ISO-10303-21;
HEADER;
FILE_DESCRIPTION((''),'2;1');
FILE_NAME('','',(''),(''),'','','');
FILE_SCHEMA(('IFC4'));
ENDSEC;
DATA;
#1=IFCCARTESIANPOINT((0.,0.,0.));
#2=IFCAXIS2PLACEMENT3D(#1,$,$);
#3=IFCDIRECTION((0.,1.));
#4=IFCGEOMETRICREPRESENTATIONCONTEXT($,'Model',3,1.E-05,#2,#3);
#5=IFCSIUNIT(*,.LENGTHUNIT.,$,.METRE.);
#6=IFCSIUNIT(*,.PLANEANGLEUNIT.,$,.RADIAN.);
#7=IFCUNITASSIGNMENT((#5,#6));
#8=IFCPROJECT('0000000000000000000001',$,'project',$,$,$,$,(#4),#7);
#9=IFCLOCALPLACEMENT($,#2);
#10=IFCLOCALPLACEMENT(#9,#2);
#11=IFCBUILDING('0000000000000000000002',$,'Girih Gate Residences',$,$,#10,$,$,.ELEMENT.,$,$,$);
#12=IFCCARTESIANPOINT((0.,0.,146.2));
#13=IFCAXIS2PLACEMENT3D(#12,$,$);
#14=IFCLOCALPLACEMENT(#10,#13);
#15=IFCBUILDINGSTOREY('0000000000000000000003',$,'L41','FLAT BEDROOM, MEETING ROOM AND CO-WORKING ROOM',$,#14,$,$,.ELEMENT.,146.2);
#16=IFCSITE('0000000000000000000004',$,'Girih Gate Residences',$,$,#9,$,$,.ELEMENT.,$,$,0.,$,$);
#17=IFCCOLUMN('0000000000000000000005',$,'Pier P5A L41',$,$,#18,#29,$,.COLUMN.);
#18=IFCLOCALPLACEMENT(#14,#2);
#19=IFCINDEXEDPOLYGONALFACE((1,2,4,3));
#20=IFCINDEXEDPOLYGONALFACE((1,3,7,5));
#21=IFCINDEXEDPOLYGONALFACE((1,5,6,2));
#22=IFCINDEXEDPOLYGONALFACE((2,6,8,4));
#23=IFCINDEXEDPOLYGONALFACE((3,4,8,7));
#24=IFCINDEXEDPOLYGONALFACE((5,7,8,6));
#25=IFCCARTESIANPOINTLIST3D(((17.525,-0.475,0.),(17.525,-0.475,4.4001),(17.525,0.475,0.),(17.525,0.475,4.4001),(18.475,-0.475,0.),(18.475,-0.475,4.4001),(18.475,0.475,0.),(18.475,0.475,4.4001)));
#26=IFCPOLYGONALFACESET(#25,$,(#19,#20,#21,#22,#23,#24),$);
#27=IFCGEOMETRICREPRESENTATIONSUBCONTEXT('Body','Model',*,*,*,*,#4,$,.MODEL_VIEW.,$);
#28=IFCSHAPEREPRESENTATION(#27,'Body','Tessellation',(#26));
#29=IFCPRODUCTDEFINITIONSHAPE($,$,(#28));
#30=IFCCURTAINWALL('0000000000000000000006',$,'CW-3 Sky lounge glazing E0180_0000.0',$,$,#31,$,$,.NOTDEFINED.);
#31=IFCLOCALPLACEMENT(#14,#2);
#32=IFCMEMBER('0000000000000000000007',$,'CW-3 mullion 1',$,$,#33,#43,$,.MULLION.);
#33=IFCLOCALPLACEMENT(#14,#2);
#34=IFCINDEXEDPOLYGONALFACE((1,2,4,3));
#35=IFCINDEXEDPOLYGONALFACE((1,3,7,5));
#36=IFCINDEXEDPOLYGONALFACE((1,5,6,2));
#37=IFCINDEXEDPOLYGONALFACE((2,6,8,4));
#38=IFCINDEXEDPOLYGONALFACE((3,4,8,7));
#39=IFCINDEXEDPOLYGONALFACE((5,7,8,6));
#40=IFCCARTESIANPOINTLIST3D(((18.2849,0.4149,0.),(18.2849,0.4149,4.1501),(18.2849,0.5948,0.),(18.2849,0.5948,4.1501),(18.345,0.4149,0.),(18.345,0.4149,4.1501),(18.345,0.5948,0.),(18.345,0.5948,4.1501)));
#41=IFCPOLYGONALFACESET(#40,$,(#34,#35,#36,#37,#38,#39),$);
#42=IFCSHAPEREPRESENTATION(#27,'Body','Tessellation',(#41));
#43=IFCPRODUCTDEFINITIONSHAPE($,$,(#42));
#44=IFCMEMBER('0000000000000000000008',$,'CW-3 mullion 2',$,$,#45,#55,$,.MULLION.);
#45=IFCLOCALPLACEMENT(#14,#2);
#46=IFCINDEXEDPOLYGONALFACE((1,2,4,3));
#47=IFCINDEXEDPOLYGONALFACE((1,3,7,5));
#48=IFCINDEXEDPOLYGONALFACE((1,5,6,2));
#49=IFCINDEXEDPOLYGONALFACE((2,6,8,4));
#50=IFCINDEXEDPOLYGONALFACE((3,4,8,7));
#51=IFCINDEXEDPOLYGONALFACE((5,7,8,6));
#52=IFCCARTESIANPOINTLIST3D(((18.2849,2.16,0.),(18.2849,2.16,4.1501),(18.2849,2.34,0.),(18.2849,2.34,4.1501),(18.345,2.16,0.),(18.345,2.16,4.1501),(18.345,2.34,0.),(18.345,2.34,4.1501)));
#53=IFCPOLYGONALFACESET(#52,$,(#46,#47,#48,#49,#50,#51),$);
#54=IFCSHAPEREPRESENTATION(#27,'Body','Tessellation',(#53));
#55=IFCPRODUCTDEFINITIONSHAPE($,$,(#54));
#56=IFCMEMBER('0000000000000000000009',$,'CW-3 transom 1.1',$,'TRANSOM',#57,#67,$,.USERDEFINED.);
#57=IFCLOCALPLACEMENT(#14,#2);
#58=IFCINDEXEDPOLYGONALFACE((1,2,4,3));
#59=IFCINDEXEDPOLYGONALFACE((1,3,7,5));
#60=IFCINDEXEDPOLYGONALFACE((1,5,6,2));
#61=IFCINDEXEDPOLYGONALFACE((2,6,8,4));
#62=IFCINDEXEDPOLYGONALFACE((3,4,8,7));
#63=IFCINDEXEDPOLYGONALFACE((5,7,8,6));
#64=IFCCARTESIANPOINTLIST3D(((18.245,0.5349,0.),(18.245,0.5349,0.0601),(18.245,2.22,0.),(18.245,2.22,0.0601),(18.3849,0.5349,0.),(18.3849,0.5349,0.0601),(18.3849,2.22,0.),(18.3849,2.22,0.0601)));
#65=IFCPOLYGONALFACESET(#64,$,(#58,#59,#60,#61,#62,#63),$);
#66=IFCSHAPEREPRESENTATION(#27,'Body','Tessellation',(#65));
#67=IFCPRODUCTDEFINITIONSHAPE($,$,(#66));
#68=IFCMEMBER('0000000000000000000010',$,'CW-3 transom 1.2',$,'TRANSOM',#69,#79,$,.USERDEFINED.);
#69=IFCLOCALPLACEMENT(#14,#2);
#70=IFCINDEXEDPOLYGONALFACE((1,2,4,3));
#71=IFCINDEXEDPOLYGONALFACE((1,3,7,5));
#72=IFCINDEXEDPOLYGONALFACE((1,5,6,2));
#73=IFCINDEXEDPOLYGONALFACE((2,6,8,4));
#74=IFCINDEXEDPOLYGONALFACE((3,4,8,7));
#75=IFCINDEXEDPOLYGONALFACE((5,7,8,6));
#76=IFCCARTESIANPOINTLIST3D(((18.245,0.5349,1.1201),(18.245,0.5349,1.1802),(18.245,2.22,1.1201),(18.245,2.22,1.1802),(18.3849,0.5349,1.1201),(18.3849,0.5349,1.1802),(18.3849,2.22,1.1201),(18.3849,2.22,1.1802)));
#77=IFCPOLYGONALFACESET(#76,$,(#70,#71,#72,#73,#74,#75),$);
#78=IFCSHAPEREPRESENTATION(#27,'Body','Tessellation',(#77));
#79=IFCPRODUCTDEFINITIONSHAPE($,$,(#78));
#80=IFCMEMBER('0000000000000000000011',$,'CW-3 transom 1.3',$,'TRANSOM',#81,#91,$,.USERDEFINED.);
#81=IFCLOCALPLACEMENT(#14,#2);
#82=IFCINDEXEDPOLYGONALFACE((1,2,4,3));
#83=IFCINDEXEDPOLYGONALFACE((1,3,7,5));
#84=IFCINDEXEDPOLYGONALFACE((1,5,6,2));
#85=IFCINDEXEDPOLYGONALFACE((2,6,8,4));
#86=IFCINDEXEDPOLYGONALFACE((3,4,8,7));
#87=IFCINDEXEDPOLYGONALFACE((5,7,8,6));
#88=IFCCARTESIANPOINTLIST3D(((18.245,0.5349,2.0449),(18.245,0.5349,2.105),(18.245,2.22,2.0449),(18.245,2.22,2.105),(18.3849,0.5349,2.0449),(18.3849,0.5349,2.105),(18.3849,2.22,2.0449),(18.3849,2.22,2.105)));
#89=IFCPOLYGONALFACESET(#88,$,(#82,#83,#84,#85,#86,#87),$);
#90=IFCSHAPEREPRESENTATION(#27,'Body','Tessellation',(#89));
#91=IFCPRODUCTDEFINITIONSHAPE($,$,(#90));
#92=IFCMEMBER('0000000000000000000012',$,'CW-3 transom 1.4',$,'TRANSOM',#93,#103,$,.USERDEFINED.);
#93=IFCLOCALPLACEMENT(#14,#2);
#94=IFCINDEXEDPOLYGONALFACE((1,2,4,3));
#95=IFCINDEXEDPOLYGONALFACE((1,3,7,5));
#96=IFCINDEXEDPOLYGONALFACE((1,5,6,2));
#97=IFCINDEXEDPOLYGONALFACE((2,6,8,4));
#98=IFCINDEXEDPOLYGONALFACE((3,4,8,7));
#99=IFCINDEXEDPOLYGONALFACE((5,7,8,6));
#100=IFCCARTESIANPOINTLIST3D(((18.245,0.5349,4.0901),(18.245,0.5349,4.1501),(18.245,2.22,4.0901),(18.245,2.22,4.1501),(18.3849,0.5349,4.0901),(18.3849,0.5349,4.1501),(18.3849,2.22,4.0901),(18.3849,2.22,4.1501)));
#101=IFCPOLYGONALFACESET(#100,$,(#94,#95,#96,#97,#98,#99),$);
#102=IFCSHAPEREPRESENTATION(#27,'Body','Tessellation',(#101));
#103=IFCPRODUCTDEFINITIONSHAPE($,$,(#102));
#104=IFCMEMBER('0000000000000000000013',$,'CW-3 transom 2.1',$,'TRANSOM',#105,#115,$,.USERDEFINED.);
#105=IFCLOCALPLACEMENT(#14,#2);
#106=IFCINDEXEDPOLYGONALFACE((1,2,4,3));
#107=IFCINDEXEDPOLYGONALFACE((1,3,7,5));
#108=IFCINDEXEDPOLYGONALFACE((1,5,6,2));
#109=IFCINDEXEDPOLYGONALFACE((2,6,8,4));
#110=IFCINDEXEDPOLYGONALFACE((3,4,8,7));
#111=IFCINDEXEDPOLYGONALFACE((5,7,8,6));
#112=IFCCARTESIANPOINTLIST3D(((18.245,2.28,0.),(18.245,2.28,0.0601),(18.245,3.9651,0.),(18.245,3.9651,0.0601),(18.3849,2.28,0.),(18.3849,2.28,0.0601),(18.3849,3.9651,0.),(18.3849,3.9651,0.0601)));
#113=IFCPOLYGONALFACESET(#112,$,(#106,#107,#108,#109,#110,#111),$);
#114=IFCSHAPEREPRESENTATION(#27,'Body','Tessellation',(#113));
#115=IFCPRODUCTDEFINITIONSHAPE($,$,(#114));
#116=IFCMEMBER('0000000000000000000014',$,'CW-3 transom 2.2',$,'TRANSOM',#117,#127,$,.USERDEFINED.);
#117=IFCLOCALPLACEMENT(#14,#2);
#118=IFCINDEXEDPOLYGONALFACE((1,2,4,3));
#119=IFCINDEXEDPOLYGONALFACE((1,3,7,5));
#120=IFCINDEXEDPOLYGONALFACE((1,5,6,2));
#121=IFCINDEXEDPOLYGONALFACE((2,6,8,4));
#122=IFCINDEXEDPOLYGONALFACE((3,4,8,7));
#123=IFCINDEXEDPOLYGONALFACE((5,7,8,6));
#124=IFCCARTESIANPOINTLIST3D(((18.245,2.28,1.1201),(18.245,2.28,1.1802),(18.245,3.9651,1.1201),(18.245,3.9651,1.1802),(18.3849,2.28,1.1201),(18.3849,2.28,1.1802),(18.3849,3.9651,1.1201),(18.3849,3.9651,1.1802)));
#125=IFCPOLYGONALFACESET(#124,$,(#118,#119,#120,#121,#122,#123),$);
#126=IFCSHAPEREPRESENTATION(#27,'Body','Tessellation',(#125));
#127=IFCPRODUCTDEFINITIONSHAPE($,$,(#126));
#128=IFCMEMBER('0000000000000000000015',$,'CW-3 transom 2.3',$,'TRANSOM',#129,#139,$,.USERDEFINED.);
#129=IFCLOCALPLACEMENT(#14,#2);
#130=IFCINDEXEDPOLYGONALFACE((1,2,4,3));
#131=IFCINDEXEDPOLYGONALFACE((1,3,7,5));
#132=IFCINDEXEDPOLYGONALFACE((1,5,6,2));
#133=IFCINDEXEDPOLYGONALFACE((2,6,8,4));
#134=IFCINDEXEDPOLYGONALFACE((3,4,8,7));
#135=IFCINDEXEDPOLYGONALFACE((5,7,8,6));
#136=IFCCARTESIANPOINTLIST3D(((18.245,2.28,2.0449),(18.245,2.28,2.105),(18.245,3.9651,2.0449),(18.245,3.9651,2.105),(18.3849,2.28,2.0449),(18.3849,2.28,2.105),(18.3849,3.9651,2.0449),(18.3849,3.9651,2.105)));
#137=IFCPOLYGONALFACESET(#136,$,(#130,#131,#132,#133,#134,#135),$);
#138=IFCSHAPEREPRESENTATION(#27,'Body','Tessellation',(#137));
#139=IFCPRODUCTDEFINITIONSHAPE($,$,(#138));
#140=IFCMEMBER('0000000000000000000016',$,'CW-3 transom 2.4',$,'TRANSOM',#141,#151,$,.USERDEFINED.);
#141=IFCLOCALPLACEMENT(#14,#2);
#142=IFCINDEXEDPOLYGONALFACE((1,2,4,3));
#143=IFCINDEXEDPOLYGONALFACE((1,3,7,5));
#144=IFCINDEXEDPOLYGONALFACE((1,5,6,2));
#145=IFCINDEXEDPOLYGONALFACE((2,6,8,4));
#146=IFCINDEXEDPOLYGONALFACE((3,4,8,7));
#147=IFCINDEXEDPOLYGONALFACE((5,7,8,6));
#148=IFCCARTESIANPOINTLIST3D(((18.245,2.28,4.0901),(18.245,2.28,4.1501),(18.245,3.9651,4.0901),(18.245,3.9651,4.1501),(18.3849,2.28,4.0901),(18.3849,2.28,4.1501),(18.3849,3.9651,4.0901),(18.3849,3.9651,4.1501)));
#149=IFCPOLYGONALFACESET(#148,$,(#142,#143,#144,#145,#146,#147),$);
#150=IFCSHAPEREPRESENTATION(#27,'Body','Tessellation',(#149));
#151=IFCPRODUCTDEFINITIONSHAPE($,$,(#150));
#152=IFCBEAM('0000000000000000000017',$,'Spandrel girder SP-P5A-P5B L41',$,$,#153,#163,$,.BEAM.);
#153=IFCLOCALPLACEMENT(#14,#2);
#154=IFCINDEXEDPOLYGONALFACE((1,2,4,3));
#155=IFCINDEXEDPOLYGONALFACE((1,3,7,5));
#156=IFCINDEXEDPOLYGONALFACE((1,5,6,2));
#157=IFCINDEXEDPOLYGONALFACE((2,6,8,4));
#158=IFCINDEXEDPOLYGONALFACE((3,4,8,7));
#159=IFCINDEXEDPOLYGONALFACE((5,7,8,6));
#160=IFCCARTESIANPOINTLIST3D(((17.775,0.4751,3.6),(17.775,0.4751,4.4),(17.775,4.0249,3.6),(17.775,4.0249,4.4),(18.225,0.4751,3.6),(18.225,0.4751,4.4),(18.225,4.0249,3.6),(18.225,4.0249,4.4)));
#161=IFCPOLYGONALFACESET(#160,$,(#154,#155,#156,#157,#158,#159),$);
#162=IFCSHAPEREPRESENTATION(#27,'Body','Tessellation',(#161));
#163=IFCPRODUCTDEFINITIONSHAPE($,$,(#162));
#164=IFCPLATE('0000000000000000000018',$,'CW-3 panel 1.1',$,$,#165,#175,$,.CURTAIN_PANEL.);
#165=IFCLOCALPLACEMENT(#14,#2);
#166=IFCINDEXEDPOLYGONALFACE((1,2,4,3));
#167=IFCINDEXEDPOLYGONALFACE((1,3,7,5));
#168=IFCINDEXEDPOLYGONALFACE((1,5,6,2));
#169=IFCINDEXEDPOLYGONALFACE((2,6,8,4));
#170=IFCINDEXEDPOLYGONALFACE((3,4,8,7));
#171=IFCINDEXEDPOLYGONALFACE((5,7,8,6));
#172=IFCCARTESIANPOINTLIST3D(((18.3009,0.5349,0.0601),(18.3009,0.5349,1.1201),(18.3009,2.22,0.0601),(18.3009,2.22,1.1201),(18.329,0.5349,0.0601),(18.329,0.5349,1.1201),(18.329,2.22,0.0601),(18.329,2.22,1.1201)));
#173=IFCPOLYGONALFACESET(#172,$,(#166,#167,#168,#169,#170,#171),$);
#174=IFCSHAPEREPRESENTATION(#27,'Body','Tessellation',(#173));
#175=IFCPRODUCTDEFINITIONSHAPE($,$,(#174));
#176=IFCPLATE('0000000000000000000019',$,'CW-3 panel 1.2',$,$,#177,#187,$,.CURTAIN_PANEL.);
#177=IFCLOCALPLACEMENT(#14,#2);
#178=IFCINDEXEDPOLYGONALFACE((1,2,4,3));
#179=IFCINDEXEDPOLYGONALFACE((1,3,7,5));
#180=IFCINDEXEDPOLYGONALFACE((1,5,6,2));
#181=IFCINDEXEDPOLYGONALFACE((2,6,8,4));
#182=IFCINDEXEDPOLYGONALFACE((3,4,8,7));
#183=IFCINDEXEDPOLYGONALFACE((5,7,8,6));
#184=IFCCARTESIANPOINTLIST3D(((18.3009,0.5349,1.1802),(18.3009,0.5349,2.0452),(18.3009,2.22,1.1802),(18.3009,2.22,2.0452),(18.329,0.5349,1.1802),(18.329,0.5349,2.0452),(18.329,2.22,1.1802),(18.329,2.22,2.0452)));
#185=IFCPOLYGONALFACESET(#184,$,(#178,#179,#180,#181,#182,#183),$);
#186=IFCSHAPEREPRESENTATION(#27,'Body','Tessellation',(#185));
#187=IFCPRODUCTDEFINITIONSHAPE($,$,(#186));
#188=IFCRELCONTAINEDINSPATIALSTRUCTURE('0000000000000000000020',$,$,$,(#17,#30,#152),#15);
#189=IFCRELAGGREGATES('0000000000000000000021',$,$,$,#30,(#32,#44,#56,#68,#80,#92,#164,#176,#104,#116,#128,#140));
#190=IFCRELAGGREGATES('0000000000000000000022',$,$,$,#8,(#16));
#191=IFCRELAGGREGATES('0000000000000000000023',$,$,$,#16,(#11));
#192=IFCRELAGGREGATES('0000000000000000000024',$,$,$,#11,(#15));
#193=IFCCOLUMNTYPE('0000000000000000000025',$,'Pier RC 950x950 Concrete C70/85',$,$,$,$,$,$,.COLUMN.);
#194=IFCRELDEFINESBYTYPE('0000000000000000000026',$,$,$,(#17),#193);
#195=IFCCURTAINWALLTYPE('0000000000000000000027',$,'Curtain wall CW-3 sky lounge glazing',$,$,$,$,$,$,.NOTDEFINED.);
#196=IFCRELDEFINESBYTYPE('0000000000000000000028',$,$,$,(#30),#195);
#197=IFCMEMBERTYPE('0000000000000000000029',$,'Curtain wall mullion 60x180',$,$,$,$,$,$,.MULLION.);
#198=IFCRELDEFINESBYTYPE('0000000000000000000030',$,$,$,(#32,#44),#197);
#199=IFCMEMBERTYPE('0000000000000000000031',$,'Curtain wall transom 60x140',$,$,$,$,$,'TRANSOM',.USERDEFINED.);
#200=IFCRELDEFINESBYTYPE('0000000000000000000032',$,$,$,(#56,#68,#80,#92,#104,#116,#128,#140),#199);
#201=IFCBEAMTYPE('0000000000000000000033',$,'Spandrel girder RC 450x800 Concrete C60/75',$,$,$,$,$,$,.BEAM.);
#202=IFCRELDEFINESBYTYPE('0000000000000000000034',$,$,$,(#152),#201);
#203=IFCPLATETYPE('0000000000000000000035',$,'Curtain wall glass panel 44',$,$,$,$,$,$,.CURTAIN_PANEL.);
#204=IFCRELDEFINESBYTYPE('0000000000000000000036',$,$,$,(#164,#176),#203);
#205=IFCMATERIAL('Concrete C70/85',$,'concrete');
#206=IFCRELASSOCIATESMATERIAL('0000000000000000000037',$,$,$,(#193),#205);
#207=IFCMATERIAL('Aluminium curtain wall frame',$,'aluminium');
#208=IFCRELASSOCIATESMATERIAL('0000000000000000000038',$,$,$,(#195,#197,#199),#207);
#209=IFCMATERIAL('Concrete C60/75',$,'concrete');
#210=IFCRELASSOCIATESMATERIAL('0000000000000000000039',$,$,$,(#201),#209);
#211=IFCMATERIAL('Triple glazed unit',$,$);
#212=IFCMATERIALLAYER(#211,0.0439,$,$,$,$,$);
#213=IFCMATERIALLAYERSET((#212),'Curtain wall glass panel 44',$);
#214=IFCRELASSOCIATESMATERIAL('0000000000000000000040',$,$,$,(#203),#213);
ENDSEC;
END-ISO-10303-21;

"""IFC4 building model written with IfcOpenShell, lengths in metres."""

from ifc_helpers import new_model, si_unit, direction, frame, origin, origin_2d, place, context, subcontext, project, spatial, rectangle, extrude, material, layer, layer_set, material_profile, profile_set, type_object, element, aggregate, save


model = new_model("IFC4")

# Units and contexts
model_context = context("Model", 3, precision=1e-05, world=origin(), true_north=direction((0.0, 1.0)))
body_context = subcontext(model_context, "Body", "Model", "MODEL_VIEW")
ifc_project = project(units=[si_unit("LENGTHUNIT", "METRE"), si_unit("PLANEANGLEUNIT", "RADIAN")], contexts=[model_context])

# Site, building, storey
site_placement = place(None, origin())
site = spatial("IfcSite", under=ifc_project, at=site_placement, Name="Girih Gate Residences", CompositionType="ELEMENT", RefElevation=0.0)
building_placement = place(site_placement, origin())
building = spatial("IfcBuilding", under=site, at=building_placement, Name="Girih Gate Residences", CompositionType="ELEMENT")
storey_placement = place(building_placement, frame((0.0, 0.0, 146.2)))
storey = spatial("IfcBuildingStorey", under=building, at=storey_placement, Name="L41", Description="FLAT BEDROOM, MEETING ROOM AND CO-WORKING ROOM", CompositionType="ELEMENT", Elevation=146.2)

# Column
ifc_material_1 = material(Name="Concrete C70/85", Category="concrete")
ifc_material_profile_1 = material_profile(ifc_material_1, rectangle(XDim=0.95, YDim=0.95, at=origin_2d()))
ifc_profile_set_1 = profile_set([ifc_material_profile_1], Name="Concrete C70/85")
column_type = type_object("IfcColumnType", Name="Pier RC 950x950 Concrete C70/85", PredefinedType="COLUMN", material=ifc_profile_set_1)
column_placement = place(storey_placement, frame((18.0, 0.0, 0.0), z_axis=(0.0, 0.0, 1.0), x_axis=(1.0, 0.0, 0.0)))
element("IfcColumn", 1, at=column_placement, inside=storey, type_object=column_type, Name="Pier P5A L41", PredefinedType="COLUMN", context=body_context, shape_type="SweptSolid", body=[
    extrude(rectangle(XDim=0.95, YDim=0.95, at=origin_2d()), origin(), (0.0, 0.0, 1.0), 4.4001),
])

# Curtain wall, members
ifc_material_2 = material(Name="Aluminium curtain wall frame", Category="aluminium")
curtain_wall_type = type_object("IfcCurtainWallType", Name="Curtain wall CW-3 sky lounge glazing", PredefinedType="NOTDEFINED", material=ifc_material_2)
curtain_wall_placement = place(storey_placement, origin())
curtain_wall = element("IfcCurtainWall", 2, at=curtain_wall_placement, inside=storey, type_object=curtain_wall_type, Name="CW-3 Sky lounge glazing E0180_0000.0", PredefinedType="NOTDEFINED")
ifc_material_profile_2 = material_profile(ifc_material_2, rectangle(XDim=0.0601, YDim=0.1799, at=origin_2d()))
ifc_profile_set_2 = profile_set([ifc_material_profile_2], Name="Aluminium curtain wall frame")
member_type_1 = type_object("IfcMemberType", Name="Curtain wall mullion 60x180", PredefinedType="MULLION", material=ifc_profile_set_2)
member_1_placement = place(storey_placement, frame((18.3149, 0.5049, 0.0), z_axis=(0.0, 0.0, 1.0), x_axis=(-1.0, 0.0, 0.0)))
member_1 = element("IfcMember", 3, at=member_1_placement, type_object=member_type_1, Name="CW-3 mullion 1", PredefinedType="MULLION", context=body_context, shape_type="SweptSolid", body=[
    extrude(rectangle(XDim=0.0601, YDim=0.1799, at=origin_2d()), origin(), (0.0, 0.0, 1.0), 4.1501),
])
member_2_placement = place(storey_placement, frame((18.3149, 2.25, 0.0), z_axis=(0.0, 0.0, 1.0), x_axis=(-1.0, 0.0, 0.0)))
member_2 = element("IfcMember", 4, at=member_2_placement, type_object=member_type_1, Name="CW-3 mullion 2", PredefinedType="MULLION", context=body_context, shape_type="SweptSolid", body=[
    extrude(rectangle(XDim=0.0601, YDim=0.1799, at=origin_2d()), origin(), (0.0, 0.0, 1.0), 4.1501),
])
ifc_material_profile_3 = material_profile(ifc_material_2, rectangle(XDim=0.1399, YDim=0.0601, at=origin_2d()))
ifc_profile_set_3 = profile_set([ifc_material_profile_3], Name="Aluminium curtain wall frame")
member_type_2 = type_object("IfcMemberType", Name="Curtain wall transom 60x140", ElementType="TRANSOM", PredefinedType="USERDEFINED", material=ifc_profile_set_3)
member_3_placement = place(storey_placement, frame((18.3149, 0.5349, 0.03), z_axis=(0.0, 1.0, 0.0), x_axis=(-1.0, 0.0, 0.0)))
member_3 = element("IfcMember", 5, at=member_3_placement, type_object=member_type_2, Name="CW-3 transom 1.1", ObjectType="TRANSOM", PredefinedType="USERDEFINED", context=body_context, shape_type="SweptSolid", body=[
    extrude(rectangle(XDim=0.1399, YDim=0.0601, at=origin_2d()), origin(), (0.0, 0.0, 1.0), 1.6851),
])
member_4_placement = place(storey_placement, frame((18.3149, 0.5349, 1.1501), z_axis=(0.0, 1.0, 0.0), x_axis=(-1.0, 0.0, 0.0)))
member_4 = element("IfcMember", 6, at=member_4_placement, type_object=member_type_2, Name="CW-3 transom 1.2", ObjectType="TRANSOM", PredefinedType="USERDEFINED", context=body_context, shape_type="SweptSolid", body=[
    extrude(rectangle(XDim=0.1399, YDim=0.0601, at=origin_2d()), origin(), (0.0, 0.0, 1.0), 1.6851),
])
member_5_placement = place(storey_placement, frame((18.3149, 0.5349, 2.075), z_axis=(0.0, 1.0, 0.0), x_axis=(-1.0, 0.0, 0.0)))
member_5 = element("IfcMember", 7, at=member_5_placement, type_object=member_type_2, Name="CW-3 transom 1.3", ObjectType="TRANSOM", PredefinedType="USERDEFINED", context=body_context, shape_type="SweptSolid", body=[
    extrude(rectangle(XDim=0.1399, YDim=0.0601, at=origin_2d()), origin(), (0.0, 0.0, 1.0), 1.6851),
])
member_6_placement = place(storey_placement, frame((18.3149, 0.5349, 4.1201), z_axis=(0.0, 1.0, 0.0), x_axis=(-1.0, 0.0, 0.0)))
member_6 = element("IfcMember", 8, at=member_6_placement, type_object=member_type_2, Name="CW-3 transom 1.4", ObjectType="TRANSOM", PredefinedType="USERDEFINED", context=body_context, shape_type="SweptSolid", body=[
    extrude(rectangle(XDim=0.1399, YDim=0.0601, at=origin_2d()), origin(), (0.0, 0.0, 1.0), 1.6851),
])
member_7_placement = place(storey_placement, frame((18.3149, 2.28, 0.03), z_axis=(0.0, 1.0, 0.0), x_axis=(-1.0, 0.0, 0.0)))
member_7 = element("IfcMember", 9, at=member_7_placement, type_object=member_type_2, Name="CW-3 transom 2.1", ObjectType="TRANSOM", PredefinedType="USERDEFINED", context=body_context, shape_type="SweptSolid", body=[
    extrude(rectangle(XDim=0.1399, YDim=0.0601, at=origin_2d()), origin(), (0.0, 0.0, 1.0), 1.6851),
])
member_8_placement = place(storey_placement, frame((18.3149, 2.28, 1.1501), z_axis=(0.0, 1.0, 0.0), x_axis=(-1.0, 0.0, 0.0)))
member_8 = element("IfcMember", 10, at=member_8_placement, type_object=member_type_2, Name="CW-3 transom 2.2", ObjectType="TRANSOM", PredefinedType="USERDEFINED", context=body_context, shape_type="SweptSolid", body=[
    extrude(rectangle(XDim=0.1399, YDim=0.0601, at=origin_2d()), origin(), (0.0, 0.0, 1.0), 1.6851),
])
member_9_placement = place(storey_placement, frame((18.3149, 2.28, 2.075), z_axis=(0.0, 1.0, 0.0), x_axis=(-1.0, 0.0, 0.0)))
member_9 = element("IfcMember", 11, at=member_9_placement, type_object=member_type_2, Name="CW-3 transom 2.3", ObjectType="TRANSOM", PredefinedType="USERDEFINED", context=body_context, shape_type="SweptSolid", body=[
    extrude(rectangle(XDim=0.1399, YDim=0.0601, at=origin_2d()), origin(), (0.0, 0.0, 1.0), 1.6851),
])
member_10_placement = place(storey_placement, frame((18.3149, 2.28, 4.1201), z_axis=(0.0, 1.0, 0.0), x_axis=(-1.0, 0.0, 0.0)))
member_10 = element("IfcMember", 12, at=member_10_placement, type_object=member_type_2, Name="CW-3 transom 2.4", ObjectType="TRANSOM", PredefinedType="USERDEFINED", context=body_context, shape_type="SweptSolid", body=[
    extrude(rectangle(XDim=0.1399, YDim=0.0601, at=origin_2d()), origin(), (0.0, 0.0, 1.0), 1.6851),
])

# Beam
ifc_material_3 = material(Name="Concrete C60/75", Category="concrete")
ifc_material_profile_4 = material_profile(ifc_material_3, rectangle(XDim=0.45, YDim=0.8, at=origin_2d()))
ifc_profile_set_4 = profile_set([ifc_material_profile_4], Name="Concrete C60/75")
beam_type = type_object("IfcBeamType", Name="Spandrel girder RC 450x800 Concrete C60/75", PredefinedType="BEAM", material=ifc_profile_set_4)
beam_placement = place(storey_placement, frame((18.0, 0.4751, 4.0), z_axis=(0.0, 1.0, 0.0), x_axis=(-1.0, 0.0, 0.0)))
element("IfcBeam", 13, at=beam_placement, inside=storey, type_object=beam_type, Name="Spandrel girder SP-P5A-P5B L41", PredefinedType="BEAM", context=body_context, shape_type="SweptSolid", body=[
    extrude(rectangle(XDim=0.45, YDim=0.8, at=origin_2d()), origin(), (0.0, 0.0, 1.0), 3.5498),
])

# Plates
ifc_material_4 = material(Name="Triple glazed unit")
ifc_layer_1 = layer(ifc_material_4, 0.0439)
ifc_layer_set_1 = layer_set([ifc_layer_1], Name="Curtain wall glass panel 44")
plate_type = type_object("IfcPlateType", Name="Curtain wall glass panel 44", PredefinedType="CURTAIN_PANEL", material=ifc_layer_set_1)
plate_1_placement = place(storey_placement, frame((18.3149, 1.3774, 0.0601), z_axis=(0.0, 0.0, 1.0), x_axis=(0.0, 1.0, 0.0)))
plate_1 = element("IfcPlate", 14, at=plate_1_placement, type_object=plate_type, Name="CW-3 panel 1.1", PredefinedType="CURTAIN_PANEL", context=body_context, shape_type="SweptSolid", body=[
    extrude(rectangle(XDim=1.6851, YDim=0.0281, at=origin_2d()), origin(), (0.0, 0.0, 1.0), 1.0601),
])
plate_2_placement = place(storey_placement, frame((18.3149, 1.3774, 1.1802), z_axis=(0.0, 0.0, 1.0), x_axis=(0.0, 1.0, 0.0)))
plate_2 = element("IfcPlate", 15, at=plate_2_placement, type_object=plate_type, Name="CW-3 panel 1.2", PredefinedType="CURTAIN_PANEL", context=body_context, shape_type="SweptSolid", body=[
    extrude(rectangle(XDim=1.6851, YDim=0.0281, at=origin_2d()), origin(), (0.0, 0.0, 1.0), 0.865),
])
aggregate(curtain_wall, [member_1, member_2, member_3, member_4, member_5, member_6, plate_1, plate_2, member_7, member_8, member_9, member_10])

save(model, "model.ifc")
